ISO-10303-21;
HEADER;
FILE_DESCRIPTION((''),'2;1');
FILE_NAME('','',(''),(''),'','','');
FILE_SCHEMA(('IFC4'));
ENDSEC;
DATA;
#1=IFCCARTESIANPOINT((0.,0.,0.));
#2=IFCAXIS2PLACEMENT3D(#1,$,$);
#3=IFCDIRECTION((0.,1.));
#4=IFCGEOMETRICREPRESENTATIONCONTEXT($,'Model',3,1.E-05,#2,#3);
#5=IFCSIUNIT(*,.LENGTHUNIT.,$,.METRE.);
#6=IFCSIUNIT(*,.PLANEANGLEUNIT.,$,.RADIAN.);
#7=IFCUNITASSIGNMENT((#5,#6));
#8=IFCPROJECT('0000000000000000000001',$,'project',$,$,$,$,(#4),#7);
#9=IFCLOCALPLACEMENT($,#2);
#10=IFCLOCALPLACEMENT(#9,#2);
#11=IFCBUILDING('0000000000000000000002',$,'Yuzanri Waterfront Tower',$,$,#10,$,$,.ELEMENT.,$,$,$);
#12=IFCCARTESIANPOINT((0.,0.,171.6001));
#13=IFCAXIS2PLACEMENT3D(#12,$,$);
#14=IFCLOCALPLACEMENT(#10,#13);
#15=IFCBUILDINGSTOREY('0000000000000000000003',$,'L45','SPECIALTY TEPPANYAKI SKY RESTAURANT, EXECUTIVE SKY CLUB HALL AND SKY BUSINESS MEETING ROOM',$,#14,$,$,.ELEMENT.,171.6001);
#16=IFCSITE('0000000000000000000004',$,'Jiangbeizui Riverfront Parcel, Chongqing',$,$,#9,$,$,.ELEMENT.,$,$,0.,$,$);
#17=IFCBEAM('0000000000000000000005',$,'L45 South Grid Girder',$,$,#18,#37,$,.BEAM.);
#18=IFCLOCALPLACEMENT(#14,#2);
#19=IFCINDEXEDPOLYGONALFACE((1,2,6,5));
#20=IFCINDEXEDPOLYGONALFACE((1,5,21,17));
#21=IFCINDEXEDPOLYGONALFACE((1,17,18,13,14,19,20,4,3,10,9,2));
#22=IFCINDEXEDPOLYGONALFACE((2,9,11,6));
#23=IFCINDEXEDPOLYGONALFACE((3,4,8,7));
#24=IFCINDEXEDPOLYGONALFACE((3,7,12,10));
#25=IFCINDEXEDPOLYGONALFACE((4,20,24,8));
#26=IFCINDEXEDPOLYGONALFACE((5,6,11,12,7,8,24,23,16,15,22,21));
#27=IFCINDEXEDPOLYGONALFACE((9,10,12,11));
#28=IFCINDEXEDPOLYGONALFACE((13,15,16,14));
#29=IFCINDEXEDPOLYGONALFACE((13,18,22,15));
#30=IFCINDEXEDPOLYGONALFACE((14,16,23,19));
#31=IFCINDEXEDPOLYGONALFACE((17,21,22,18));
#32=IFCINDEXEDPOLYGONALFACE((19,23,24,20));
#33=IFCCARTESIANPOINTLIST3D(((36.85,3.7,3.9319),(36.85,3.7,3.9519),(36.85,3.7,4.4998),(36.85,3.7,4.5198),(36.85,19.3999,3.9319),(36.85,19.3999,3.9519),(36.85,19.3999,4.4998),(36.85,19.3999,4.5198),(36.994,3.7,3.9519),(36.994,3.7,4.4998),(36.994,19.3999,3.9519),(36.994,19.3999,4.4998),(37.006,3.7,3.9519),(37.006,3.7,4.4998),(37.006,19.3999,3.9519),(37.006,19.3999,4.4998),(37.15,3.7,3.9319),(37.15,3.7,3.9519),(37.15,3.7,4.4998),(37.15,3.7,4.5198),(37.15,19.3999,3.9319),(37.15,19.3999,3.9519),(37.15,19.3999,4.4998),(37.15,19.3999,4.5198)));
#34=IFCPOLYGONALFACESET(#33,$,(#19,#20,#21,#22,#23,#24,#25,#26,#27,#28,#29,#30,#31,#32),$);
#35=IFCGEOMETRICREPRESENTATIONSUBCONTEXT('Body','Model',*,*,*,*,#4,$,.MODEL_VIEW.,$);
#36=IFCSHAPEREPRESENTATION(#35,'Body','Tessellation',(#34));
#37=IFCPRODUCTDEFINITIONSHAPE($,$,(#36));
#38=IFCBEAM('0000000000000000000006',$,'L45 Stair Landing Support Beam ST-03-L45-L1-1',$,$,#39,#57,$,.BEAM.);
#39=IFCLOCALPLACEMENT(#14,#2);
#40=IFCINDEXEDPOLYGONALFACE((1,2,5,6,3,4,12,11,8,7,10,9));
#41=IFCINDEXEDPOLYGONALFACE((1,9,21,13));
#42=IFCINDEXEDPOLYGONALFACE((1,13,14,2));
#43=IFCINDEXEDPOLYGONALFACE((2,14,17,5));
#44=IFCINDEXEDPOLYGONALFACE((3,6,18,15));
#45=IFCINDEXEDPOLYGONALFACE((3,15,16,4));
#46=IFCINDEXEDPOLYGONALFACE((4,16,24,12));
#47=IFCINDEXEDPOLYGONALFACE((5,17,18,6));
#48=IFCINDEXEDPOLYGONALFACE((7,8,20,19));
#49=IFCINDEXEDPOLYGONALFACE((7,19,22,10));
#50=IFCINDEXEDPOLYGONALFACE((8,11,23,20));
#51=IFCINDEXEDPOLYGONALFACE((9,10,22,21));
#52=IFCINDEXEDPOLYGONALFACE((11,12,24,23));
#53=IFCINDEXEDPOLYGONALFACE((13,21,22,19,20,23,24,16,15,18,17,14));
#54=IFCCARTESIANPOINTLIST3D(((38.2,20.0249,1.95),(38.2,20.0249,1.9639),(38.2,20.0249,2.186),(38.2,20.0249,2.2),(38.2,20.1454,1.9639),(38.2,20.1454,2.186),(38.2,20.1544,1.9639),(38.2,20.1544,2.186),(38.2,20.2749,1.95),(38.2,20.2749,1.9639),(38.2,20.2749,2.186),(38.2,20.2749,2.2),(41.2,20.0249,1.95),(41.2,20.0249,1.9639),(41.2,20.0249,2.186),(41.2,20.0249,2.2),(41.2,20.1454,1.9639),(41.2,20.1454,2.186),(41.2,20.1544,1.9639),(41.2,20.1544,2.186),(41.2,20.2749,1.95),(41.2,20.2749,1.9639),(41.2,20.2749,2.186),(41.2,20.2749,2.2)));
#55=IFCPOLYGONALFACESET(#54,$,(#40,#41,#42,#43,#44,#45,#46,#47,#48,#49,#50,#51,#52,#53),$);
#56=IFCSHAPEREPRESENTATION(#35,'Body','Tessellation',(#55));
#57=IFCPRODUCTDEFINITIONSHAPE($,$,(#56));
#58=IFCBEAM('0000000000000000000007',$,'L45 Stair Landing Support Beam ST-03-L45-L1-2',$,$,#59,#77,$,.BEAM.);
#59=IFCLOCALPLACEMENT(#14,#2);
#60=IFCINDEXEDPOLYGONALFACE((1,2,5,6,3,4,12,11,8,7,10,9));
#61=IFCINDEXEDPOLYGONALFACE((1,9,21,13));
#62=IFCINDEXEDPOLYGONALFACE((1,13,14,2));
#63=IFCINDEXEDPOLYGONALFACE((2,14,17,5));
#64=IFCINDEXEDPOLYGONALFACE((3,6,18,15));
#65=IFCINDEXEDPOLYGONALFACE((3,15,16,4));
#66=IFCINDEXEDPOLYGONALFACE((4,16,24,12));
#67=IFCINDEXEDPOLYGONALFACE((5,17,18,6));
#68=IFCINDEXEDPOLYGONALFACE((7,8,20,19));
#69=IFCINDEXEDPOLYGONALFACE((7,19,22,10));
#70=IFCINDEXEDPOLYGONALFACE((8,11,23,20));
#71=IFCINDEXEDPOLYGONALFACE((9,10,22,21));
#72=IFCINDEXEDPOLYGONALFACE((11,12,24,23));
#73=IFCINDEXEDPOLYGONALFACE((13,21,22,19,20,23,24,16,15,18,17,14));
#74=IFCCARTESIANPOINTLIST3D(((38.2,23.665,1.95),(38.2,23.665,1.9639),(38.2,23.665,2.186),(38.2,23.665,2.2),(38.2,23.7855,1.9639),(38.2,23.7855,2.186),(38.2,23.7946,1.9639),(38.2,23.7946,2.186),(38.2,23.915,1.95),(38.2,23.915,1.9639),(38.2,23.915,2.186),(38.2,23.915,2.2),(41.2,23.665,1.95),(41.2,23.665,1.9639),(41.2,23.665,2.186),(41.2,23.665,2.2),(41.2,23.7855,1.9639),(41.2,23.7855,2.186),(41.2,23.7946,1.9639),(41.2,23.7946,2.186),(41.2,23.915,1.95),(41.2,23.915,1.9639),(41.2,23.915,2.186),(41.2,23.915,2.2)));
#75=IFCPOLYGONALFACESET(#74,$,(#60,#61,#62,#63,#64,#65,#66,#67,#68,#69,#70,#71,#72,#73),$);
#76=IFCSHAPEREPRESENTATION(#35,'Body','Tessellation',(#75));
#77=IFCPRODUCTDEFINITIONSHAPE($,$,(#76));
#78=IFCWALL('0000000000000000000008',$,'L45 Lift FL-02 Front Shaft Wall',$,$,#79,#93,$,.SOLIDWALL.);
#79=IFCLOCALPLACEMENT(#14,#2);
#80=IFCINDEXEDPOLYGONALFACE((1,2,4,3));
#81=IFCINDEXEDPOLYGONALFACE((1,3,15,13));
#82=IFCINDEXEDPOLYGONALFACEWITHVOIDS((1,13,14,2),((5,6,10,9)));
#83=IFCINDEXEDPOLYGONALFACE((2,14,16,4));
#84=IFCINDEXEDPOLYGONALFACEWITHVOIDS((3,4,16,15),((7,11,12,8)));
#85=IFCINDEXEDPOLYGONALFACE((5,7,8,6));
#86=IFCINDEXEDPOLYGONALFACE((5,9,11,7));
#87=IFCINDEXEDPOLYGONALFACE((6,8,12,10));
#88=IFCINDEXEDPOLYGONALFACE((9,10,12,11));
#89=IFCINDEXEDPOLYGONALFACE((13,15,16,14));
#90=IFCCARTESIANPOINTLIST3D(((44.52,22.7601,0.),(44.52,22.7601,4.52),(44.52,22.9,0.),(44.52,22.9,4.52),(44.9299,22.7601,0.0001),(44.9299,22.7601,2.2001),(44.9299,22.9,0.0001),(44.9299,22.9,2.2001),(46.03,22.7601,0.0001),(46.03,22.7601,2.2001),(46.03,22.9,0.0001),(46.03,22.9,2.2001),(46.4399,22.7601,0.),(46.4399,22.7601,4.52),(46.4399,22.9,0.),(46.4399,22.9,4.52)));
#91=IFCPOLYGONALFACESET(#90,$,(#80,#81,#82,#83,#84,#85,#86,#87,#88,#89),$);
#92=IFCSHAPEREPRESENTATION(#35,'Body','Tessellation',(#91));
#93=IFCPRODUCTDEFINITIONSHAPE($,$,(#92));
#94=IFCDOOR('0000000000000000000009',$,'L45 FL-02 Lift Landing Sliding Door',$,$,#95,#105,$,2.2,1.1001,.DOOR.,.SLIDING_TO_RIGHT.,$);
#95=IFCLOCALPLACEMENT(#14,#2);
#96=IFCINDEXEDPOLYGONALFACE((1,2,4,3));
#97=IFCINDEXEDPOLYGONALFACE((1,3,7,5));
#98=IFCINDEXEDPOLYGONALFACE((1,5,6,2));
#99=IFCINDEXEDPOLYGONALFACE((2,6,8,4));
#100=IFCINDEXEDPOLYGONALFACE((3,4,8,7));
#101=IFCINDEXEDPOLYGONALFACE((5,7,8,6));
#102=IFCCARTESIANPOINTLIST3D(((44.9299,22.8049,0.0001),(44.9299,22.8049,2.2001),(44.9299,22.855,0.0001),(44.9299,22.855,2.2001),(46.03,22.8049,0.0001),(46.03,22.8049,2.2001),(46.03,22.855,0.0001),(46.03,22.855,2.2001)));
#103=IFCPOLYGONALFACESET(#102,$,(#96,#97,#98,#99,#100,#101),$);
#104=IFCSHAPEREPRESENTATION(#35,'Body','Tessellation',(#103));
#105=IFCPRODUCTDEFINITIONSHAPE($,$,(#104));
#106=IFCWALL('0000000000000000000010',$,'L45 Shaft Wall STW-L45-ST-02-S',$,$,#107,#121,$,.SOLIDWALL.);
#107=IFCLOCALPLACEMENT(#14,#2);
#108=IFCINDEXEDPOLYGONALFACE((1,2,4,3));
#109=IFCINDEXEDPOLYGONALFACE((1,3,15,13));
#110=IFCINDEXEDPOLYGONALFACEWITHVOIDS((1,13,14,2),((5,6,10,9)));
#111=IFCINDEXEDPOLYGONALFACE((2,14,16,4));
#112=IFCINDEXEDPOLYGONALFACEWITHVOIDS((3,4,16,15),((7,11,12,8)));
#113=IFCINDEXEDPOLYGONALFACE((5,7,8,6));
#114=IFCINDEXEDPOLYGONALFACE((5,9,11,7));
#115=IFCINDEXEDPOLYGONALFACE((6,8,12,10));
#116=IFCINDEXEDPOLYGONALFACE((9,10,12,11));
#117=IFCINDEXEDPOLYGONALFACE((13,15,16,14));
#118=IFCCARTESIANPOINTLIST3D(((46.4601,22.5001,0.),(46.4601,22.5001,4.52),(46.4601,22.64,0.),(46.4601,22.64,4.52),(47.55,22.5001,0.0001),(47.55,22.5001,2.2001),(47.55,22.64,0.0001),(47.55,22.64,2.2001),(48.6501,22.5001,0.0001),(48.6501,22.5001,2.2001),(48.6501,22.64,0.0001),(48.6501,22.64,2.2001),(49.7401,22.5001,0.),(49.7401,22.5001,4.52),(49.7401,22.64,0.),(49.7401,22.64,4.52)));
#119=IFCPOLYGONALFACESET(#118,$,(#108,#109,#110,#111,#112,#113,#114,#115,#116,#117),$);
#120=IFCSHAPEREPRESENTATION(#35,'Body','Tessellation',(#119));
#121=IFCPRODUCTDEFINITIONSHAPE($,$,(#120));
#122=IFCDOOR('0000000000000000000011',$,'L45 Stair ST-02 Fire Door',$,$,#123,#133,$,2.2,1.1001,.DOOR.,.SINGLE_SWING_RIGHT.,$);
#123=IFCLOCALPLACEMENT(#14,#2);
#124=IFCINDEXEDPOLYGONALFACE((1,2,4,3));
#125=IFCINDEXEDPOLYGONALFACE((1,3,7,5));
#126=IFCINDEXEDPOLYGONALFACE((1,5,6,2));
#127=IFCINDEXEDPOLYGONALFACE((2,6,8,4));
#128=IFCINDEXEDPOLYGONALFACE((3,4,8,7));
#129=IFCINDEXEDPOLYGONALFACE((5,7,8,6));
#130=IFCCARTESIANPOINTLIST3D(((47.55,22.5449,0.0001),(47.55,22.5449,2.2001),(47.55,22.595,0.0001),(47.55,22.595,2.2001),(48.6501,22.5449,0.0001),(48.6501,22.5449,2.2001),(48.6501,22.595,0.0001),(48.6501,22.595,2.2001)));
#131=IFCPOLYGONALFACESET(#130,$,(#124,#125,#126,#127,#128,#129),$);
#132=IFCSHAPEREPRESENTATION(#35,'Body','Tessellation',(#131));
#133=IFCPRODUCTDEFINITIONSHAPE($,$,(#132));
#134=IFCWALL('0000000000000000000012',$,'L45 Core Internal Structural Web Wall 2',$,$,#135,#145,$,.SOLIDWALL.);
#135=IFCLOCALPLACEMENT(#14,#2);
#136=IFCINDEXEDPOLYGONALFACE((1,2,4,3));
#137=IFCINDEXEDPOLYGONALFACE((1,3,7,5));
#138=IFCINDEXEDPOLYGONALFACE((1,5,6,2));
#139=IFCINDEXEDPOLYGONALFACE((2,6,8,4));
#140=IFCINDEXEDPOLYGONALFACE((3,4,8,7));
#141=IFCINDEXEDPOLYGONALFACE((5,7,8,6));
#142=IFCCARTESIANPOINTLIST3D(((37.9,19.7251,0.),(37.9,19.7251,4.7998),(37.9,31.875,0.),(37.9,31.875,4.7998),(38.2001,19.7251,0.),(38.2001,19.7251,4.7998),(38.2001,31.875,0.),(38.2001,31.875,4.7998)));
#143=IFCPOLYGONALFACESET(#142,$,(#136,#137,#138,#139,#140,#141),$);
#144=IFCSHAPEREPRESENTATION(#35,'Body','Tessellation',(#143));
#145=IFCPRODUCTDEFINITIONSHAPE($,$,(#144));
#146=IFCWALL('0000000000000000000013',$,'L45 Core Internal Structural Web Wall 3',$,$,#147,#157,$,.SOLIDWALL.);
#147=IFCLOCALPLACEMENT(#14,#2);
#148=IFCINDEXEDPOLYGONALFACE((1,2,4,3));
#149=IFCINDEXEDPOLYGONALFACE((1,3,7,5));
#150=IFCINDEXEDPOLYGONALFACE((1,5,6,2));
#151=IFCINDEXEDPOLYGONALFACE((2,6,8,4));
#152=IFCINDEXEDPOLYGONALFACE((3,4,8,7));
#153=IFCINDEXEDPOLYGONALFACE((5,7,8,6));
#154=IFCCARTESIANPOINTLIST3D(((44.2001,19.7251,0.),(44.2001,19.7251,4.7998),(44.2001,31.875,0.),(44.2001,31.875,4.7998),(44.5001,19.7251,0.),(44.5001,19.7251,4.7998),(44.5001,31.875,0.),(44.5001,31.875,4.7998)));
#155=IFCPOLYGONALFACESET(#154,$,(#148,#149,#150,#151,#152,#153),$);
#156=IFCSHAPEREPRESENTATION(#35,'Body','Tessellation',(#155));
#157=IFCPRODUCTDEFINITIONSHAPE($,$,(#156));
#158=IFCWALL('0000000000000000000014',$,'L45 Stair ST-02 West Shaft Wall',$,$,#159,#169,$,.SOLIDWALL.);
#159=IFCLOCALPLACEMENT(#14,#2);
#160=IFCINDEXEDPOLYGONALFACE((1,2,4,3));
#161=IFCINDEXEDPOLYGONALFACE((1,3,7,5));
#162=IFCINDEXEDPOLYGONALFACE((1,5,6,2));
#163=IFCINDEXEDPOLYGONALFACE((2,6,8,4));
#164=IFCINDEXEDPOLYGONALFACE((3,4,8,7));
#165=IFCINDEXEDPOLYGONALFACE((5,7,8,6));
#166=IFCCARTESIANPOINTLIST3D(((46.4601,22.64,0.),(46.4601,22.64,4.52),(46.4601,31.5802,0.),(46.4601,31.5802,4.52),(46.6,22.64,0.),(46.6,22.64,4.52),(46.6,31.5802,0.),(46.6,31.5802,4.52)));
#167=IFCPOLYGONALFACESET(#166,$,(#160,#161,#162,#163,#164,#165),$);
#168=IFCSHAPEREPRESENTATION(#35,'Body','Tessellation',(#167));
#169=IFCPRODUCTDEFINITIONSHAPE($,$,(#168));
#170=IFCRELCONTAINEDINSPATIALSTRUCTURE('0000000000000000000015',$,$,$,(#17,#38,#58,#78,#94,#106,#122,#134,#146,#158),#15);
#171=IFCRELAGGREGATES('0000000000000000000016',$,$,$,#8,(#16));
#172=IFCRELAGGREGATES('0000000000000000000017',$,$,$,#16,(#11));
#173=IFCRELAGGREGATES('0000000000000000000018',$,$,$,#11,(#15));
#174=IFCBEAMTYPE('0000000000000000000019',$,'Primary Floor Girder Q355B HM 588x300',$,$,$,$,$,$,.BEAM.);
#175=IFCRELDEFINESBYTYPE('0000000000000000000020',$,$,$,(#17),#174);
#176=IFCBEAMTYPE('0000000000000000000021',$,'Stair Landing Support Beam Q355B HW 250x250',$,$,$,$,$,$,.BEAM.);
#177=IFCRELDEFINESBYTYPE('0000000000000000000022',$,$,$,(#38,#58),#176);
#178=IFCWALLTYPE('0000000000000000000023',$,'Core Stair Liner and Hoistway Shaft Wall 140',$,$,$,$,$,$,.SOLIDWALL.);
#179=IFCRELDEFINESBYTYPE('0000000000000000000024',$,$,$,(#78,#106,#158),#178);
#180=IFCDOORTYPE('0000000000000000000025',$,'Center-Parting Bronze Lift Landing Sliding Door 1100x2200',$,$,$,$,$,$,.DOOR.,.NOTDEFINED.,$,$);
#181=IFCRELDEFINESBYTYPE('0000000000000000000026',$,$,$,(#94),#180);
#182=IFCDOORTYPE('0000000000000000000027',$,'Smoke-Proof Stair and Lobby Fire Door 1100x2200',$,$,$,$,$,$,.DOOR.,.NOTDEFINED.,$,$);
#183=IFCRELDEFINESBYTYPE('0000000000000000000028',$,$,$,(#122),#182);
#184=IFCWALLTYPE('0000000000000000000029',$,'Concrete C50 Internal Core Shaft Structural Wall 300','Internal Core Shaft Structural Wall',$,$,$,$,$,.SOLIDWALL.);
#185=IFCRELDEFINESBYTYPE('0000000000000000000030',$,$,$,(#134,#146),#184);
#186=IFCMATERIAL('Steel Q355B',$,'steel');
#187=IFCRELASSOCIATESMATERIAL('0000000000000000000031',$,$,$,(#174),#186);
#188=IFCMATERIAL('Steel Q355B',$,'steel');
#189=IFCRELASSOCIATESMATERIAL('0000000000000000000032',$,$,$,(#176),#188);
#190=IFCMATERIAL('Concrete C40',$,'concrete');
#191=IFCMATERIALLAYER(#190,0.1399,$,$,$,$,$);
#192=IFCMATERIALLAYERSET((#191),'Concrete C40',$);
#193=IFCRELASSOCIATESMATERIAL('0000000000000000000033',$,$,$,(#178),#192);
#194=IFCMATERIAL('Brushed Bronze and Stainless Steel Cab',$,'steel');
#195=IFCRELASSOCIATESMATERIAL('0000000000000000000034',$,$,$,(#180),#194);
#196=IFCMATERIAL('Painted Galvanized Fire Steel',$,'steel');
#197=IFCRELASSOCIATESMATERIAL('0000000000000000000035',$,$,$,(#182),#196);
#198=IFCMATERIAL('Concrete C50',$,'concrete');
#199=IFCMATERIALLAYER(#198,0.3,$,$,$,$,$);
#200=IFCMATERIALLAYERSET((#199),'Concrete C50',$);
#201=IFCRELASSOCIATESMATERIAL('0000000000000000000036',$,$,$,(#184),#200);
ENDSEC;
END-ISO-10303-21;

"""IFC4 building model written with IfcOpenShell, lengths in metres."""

from ifc_helpers import new_model, si_unit, direction, frame, frame_2d, origin, origin_2d, place, context, subcontext, project, spatial, rectangle, i_section, extrude, source, transform, mapped, material, layer, layer_set, material_profile, profile_set, type_object, element, fill, save


model = new_model("IFC4")

# Units and contexts
model_context = context("Model", 3, precision=1e-05, world=origin(), true_north=direction((0.0, 1.0)))
body_context = subcontext(model_context, "Body", "Model", "MODEL_VIEW")
ifc_project = project(units=[si_unit("LENGTHUNIT", "METRE"), si_unit("PLANEANGLEUNIT", "RADIAN")], contexts=[model_context])

# Site, building, storey
site_placement = place(None, origin())
site = spatial("IfcSite", under=ifc_project, at=site_placement, Name="Jiangbeizui Riverfront Parcel, Chongqing", CompositionType="ELEMENT", RefElevation=0.0)
building_placement = place(site_placement, origin())
building = spatial("IfcBuilding", under=site, at=building_placement, Name="Yuzanri Waterfront Tower", CompositionType="ELEMENT")
storey_placement = place(building_placement, frame((0.0, 0.0, 171.6001)))
storey = spatial("IfcBuildingStorey", under=building, at=storey_placement, Name="L45", Description="SPECIALTY TEPPANYAKI SKY RESTAURANT, EXECUTIVE SKY CLUB HALL AND SKY BUSINESS MEETING ROOM", CompositionType="ELEMENT", Elevation=171.6001)

# Beams
ifc_material_1 = material(Name="Steel Q355B", Category="steel")
ifc_material_profile_1 = material_profile(ifc_material_1, i_section(OverallWidth=0.3, OverallDepth=0.5879, WebThickness=0.012, FlangeThickness=0.02, at=origin_2d()), Name="HM 588x300x12x20")
ifc_profile_set_1 = profile_set([ifc_material_profile_1], Name="Steel Q355B")
beam_type_1 = type_object("IfcBeamType", Name="Primary Floor Girder Q355B HM 588x300", PredefinedType="BEAM", material=ifc_profile_set_1)
shared_shape_1 = source(origin(), body_context, "Body", "SweptSolid", [
    extrude(i_section(OverallWidth=0.3, OverallDepth=0.5879, WebThickness=0.012, FlangeThickness=0.02, at=origin_2d()), origin(), (0.0, 0.0, 1.0), 15.7),
])
beam_placement = place(storey_placement, frame((37.0, 19.3999, 4.2258), z_axis=(0.0, -1.0, 0.0), x_axis=(1.0, 0.0, 0.0)))
element("IfcBeam", 1, at=beam_placement, inside=storey, type_object=beam_type_1, Name="L45 South Grid Girder", PredefinedType="BEAM", context=body_context, shape_type="MappedRepresentation", body=[
    mapped(shared_shape_1, transform((0.0, 0.0, 0.0), scale=1.0)),
])
ifc_material_2 = material(Name="Steel Q355B", Category="steel")
ifc_material_profile_2 = material_profile(ifc_material_2, i_section(OverallWidth=0.25, OverallDepth=0.25, WebThickness=0.009, FlangeThickness=0.0139, at=origin_2d()), Name="HW 250x250x9x14")
ifc_profile_set_2 = profile_set([ifc_material_profile_2], Name="Steel Q355B")
beam_type_2 = type_object("IfcBeamType", Name="Stair Landing Support Beam Q355B HW 250x250", PredefinedType="BEAM", material=ifc_profile_set_2)
shared_shape_2 = source(origin(), body_context, "Body", "SweptSolid", [
    extrude(i_section(OverallWidth=0.25, OverallDepth=0.25, WebThickness=0.009, FlangeThickness=0.0139, at=origin_2d()), origin(), (0.0, 0.0, 1.0), 3.0),
])
for number, where, z_axis, x_axis, name in (
    (2, (38.2, 20.1499, 2.075), (1.0, 0.0, 0.0), (0.0, 1.0, 0.0), "L45 Stair Landing Support Beam ST-03-L45-L1-1"),
    (3, (38.2, 23.79, 2.075), (1.0, 0.0, 0.0), (0.0, 1.0, 0.0), "L45 Stair Landing Support Beam ST-03-L45-L1-2"),
):
    element("IfcBeam", number, at=place(storey_placement, frame(where, z_axis=z_axis, x_axis=x_axis)), inside=storey, type_object=beam_type_2, Name=name, PredefinedType="BEAM", context=body_context, shape_type="MappedRepresentation", body=[
        mapped(shared_shape_2, transform((0.0, 0.0, 0.0), scale=1.0)),
    ])

# Walls, openings, doors
ifc_material_3 = material(Name="Concrete C40", Category="concrete")
ifc_layer_1 = layer(ifc_material_3, 0.1399)
ifc_layer_set_1 = layer_set([ifc_layer_1], Name="Concrete C40")
wall_type_1 = type_object("IfcWallType", Name="Core Stair Liner and Hoistway Shaft Wall 140", PredefinedType="SOLIDWALL", material=ifc_layer_set_1)
wall_1_placement = place(storey_placement, frame((44.52, 22.8301, 0.0), z_axis=(0.0, 0.0, 1.0), x_axis=(1.0, 0.0, 0.0)))
wall_1 = element("IfcWall", 4, at=wall_1_placement, inside=storey, type_object=wall_type_1, Name="L45 Lift FL-02 Front Shaft Wall", PredefinedType="SOLIDWALL", context=body_context, shape_type="SweptSolid", body=[
    extrude(rectangle(XDim=1.9199, YDim=0.1399, at=frame_2d((0.96, 0.0))), origin(), (0.0, 0.0, 1.0), 4.52),
])
opening_1_placement = place(wall_1_placement, frame((0.4099, 0.0, 0.0)))
opening_1 = element("IfcOpeningElement", 5, at=opening_1_placement, cuts=wall_1, PredefinedType="OPENING", context=body_context, shape_type="SweptSolid", body=[
    extrude(rectangle(XDim=1.1001, YDim=2.2, at=frame_2d((0.55, 1.1001))), frame((0.0, 0.085, 0.0), z_axis=(0.0, -1.0, 0.0), x_axis=(1.0, 0.0, 0.0)), (0.0, 0.0, 1.0), 0.1697),
])
ifc_material_4 = material(Name="Brushed Bronze and Stainless Steel Cab", Category="steel")
door_type_1 = type_object("IfcDoorType", Name="Center-Parting Bronze Lift Landing Sliding Door 1100x2200", OperationType="NOTDEFINED", PredefinedType="DOOR", material=ifc_material_4)
shared_shape_3 = source(origin(), body_context, "Body", "SweptSolid", [
    extrude(rectangle(XDim=1.1001, YDim=2.2, at=frame_2d((0.55, 1.1001))), frame((0.0, 0.0249, 0.0), z_axis=(0.0, -1.0, 0.0), x_axis=(1.0, 0.0, 0.0)), (0.0, 0.0, 1.0), 0.05),
])
door_1_placement = place(opening_1_placement, origin())
door_1 = element("IfcDoor", 6, at=door_1_placement, inside=storey, type_object=door_type_1, Name="L45 FL-02 Lift Landing Sliding Door", OperationType="SLIDING_TO_RIGHT", OverallHeight=2.2, OverallWidth=1.1001, PredefinedType="DOOR", context=body_context, shape_type="MappedRepresentation", body=[
    mapped(shared_shape_3, transform((0.0, 0.0, 0.0), scale=1.0)),
])
fill(opening_1, door_1)
wall_2_placement = place(storey_placement, frame((46.46, 22.5701, 0.0), z_axis=(0.0, 0.0, 1.0), x_axis=(1.0, 0.0, 0.0)))
wall_2 = element("IfcWall", 7, at=wall_2_placement, inside=storey, type_object=wall_type_1, Name="L45 Shaft Wall STW-L45-ST-02-S", PredefinedType="SOLIDWALL", context=body_context, shape_type="SweptSolid", body=[
    extrude(rectangle(XDim=3.28, YDim=0.1399, at=frame_2d((1.6401, 0.0))), origin(), (0.0, 0.0, 1.0), 4.52),
])
opening_2_placement = place(wall_2_placement, frame((1.0901, 0.0, 0.0)))
opening_2 = element("IfcOpeningElement", 8, at=opening_2_placement, cuts=wall_2, PredefinedType="OPENING", context=body_context, shape_type="SweptSolid", body=[
    extrude(rectangle(XDim=1.1001, YDim=2.2, at=frame_2d((0.55, 1.1001))), frame((0.0, 0.085, 0.0), z_axis=(0.0, -1.0, 0.0), x_axis=(1.0, 0.0, 0.0)), (0.0, 0.0, 1.0), 0.1697),
])
ifc_material_5 = material(Name="Painted Galvanized Fire Steel", Category="steel")
door_type_2 = type_object("IfcDoorType", Name="Smoke-Proof Stair and Lobby Fire Door 1100x2200", OperationType="NOTDEFINED", PredefinedType="DOOR", material=ifc_material_5)
shared_shape_4 = source(origin(), body_context, "Body", "SweptSolid", [
    extrude(rectangle(XDim=1.1001, YDim=2.2, at=frame_2d((0.55, 1.1001))), frame((0.0, 0.0249, 0.0), z_axis=(0.0, -1.0, 0.0), x_axis=(1.0, 0.0, 0.0)), (0.0, 0.0, 1.0), 0.05),
])
door_2_placement = place(opening_2_placement, origin())
door_2 = element("IfcDoor", 9, at=door_2_placement, inside=storey, type_object=door_type_2, Name="L45 Stair ST-02 Fire Door", OperationType="SINGLE_SWING_RIGHT", OverallHeight=2.2, OverallWidth=1.1001, PredefinedType="DOOR", context=body_context, shape_type="MappedRepresentation", body=[
    mapped(shared_shape_4, transform((0.0, 0.0, 0.0), scale=1.0)),
])
fill(opening_2, door_2)

# Walls
ifc_material_6 = material(Name="Concrete C50", Category="concrete")
ifc_layer_2 = layer(ifc_material_6, 0.3)
ifc_layer_set_2 = layer_set([ifc_layer_2], Name="Concrete C50")
wall_type_2 = type_object("IfcWallType", Name="Concrete C50 Internal Core Shaft Structural Wall 300", Description="Internal Core Shaft Structural Wall", PredefinedType="SOLIDWALL", material=ifc_layer_set_2)
shared_shape_5 = source(origin(), body_context, "Body", "SweptSolid", [
    extrude(rectangle(XDim=12.1499, YDim=0.3, at=frame_2d((6.075, 0.0))), origin(), (0.0, 0.0, 1.0), 4.7998),
])
for number, where, z_axis, x_axis, name in (
    (10, (38.05, 19.7251, 0.0), (0.0, 0.0, 1.0), (0.0, 1.0, 0.0), "L45 Core Internal Structural Web Wall 2"),
    (11, (44.3501, 19.7251, 0.0), (0.0, 0.0, 1.0), (0.0, 1.0, 0.0), "L45 Core Internal Structural Web Wall 3"),
):
    element("IfcWall", number, at=place(storey_placement, frame(where, z_axis=z_axis, x_axis=x_axis)), inside=storey, type_object=wall_type_2, Name=name, PredefinedType="SOLIDWALL", context=body_context, shape_type="MappedRepresentation", body=[
        mapped(shared_shape_5, transform((0.0, 0.0, 0.0), scale=1.0)),
    ])
shared_shape_6 = source(origin(), body_context, "Body", "SweptSolid", [
    extrude(rectangle(XDim=8.9402, YDim=0.1399, at=frame_2d((4.4702, 0.0))), origin(), (0.0, 0.0, 1.0), 4.52),
])
wall_3_placement = place(storey_placement, frame((46.53, 22.6399, 0.0), z_axis=(0.0, 0.0, 1.0), x_axis=(0.0, 1.0, 0.0)))
element("IfcWall", 12, at=wall_3_placement, inside=storey, type_object=wall_type_1, Name="L45 Stair ST-02 West Shaft Wall", PredefinedType="SOLIDWALL", context=body_context, shape_type="MappedRepresentation", body=[
    mapped(shared_shape_6, transform((0.0, 0.0, 0.0), scale=1.0)),
])

save(model, "model.ifc")
